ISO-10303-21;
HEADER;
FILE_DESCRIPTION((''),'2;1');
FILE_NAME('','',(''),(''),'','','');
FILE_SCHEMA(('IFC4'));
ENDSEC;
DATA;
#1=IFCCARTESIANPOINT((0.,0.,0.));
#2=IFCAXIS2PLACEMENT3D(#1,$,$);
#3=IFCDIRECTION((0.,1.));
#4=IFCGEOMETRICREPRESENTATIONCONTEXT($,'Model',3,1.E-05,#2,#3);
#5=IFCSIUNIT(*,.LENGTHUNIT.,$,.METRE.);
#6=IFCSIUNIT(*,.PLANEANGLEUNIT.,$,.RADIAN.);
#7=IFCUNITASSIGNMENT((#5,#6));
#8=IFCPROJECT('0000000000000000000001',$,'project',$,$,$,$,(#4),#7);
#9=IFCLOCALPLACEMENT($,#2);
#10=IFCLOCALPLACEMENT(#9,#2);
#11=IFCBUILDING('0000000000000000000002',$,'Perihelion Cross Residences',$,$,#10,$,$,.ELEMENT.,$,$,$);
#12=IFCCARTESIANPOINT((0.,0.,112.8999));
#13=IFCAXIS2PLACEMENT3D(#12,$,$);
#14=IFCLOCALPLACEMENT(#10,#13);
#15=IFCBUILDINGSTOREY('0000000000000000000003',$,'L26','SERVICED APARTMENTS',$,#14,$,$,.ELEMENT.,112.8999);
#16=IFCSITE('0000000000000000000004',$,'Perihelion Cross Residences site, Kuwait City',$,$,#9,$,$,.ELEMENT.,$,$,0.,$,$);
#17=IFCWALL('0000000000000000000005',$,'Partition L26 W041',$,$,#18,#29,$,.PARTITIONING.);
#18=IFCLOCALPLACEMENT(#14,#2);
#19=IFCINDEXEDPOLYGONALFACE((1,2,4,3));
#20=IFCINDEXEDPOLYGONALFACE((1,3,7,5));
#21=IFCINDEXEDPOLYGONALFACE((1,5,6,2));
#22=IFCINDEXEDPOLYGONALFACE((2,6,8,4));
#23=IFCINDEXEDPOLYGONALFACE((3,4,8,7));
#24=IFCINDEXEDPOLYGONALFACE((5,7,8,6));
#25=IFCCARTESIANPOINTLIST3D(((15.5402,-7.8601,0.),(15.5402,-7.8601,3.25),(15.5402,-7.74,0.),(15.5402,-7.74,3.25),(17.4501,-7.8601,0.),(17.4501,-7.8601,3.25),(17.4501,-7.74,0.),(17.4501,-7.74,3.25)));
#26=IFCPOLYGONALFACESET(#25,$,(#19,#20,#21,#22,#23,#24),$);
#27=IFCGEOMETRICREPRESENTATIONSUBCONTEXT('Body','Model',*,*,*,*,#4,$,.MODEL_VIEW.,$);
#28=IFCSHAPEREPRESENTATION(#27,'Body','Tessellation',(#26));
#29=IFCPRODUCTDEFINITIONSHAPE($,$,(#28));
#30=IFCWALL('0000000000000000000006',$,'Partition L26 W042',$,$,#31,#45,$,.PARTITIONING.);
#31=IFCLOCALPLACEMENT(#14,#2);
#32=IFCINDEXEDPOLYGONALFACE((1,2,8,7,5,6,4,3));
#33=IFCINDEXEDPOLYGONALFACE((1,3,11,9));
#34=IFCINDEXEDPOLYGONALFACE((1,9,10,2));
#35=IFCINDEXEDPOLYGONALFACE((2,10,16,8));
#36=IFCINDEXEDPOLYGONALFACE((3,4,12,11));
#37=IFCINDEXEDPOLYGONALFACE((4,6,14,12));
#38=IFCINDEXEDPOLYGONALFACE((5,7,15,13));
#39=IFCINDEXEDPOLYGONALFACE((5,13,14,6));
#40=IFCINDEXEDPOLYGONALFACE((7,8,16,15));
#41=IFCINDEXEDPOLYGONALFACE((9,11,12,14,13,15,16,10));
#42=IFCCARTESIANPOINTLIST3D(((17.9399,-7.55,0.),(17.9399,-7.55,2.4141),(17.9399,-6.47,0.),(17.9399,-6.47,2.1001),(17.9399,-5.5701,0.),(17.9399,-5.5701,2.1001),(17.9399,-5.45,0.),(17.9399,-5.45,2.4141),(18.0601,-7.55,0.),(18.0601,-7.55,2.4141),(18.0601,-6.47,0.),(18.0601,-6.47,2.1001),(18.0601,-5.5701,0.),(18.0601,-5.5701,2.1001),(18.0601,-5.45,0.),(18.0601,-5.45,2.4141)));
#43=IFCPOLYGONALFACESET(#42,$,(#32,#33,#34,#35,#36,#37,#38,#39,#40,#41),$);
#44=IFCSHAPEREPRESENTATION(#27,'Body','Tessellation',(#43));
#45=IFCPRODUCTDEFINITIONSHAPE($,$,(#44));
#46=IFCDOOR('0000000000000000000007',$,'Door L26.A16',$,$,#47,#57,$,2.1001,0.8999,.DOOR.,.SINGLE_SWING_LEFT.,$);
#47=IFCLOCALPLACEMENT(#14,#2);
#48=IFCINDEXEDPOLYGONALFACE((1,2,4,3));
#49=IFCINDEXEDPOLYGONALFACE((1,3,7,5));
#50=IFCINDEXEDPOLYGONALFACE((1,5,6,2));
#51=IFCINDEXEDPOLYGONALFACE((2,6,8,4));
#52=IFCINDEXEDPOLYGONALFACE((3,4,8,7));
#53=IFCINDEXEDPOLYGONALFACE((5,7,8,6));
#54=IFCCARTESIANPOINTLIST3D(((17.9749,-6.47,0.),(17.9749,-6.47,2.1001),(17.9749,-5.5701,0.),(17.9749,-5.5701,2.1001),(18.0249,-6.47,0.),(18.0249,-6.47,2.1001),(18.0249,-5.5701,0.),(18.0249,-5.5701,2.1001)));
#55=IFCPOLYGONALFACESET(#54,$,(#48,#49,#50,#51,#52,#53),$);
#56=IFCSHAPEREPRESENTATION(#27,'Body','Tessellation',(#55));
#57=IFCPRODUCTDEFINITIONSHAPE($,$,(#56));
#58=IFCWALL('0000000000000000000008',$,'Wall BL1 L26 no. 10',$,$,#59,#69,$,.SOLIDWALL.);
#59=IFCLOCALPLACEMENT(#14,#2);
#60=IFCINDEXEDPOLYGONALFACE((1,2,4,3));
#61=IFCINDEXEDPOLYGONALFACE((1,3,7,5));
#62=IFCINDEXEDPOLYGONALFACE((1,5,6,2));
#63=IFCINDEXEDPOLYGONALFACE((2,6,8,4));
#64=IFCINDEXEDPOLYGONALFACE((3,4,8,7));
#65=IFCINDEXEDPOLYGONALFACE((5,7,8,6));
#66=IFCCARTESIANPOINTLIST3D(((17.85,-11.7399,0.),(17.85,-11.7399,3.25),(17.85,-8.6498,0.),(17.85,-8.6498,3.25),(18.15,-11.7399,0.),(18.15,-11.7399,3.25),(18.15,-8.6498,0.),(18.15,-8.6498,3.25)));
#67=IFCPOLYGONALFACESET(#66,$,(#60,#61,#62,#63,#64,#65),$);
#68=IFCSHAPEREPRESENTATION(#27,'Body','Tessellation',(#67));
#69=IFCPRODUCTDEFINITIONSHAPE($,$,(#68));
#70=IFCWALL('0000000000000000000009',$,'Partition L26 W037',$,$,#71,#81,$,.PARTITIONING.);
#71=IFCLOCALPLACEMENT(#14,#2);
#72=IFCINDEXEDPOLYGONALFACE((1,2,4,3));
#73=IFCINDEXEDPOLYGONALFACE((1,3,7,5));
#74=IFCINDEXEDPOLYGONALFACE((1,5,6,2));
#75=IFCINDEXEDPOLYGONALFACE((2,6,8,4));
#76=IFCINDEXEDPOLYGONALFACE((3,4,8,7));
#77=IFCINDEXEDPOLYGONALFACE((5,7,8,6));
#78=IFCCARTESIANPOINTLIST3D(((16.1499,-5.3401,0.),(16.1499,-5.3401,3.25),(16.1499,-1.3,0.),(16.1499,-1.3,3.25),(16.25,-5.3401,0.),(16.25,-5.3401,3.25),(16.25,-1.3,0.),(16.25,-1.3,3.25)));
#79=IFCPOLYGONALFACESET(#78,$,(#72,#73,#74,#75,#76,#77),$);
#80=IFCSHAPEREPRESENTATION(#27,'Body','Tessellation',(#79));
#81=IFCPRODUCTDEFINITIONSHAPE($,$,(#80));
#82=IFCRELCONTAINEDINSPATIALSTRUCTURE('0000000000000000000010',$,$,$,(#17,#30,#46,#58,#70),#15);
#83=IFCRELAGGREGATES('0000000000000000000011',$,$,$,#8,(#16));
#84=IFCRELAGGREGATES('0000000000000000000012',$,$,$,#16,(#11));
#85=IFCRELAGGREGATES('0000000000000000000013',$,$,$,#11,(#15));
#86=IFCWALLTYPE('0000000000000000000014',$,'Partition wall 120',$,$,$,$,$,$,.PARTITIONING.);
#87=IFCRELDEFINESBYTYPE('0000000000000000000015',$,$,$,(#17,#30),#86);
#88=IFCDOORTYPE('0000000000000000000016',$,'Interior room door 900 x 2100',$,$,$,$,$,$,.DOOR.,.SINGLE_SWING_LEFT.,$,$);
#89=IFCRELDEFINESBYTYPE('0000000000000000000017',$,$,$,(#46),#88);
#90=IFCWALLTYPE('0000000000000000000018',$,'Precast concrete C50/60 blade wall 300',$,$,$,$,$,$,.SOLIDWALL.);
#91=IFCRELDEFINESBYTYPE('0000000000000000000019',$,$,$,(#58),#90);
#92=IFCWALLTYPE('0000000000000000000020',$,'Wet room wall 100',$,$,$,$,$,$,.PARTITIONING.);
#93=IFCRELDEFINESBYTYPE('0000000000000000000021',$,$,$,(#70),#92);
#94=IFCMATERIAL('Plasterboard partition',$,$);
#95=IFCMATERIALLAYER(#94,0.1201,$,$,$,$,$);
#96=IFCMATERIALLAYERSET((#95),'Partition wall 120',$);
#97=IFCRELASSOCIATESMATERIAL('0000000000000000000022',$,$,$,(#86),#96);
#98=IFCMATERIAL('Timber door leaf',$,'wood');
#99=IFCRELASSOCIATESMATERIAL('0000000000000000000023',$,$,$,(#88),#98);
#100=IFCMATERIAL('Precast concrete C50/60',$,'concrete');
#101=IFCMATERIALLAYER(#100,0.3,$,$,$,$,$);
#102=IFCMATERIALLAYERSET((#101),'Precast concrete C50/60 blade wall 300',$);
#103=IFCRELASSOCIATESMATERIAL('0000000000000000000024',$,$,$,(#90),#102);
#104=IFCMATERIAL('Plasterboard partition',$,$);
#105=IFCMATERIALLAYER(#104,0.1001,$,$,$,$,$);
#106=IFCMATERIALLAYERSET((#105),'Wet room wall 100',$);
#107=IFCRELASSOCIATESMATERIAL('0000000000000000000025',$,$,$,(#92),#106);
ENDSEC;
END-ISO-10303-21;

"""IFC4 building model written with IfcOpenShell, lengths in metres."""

from ifc_helpers import new_model, si_unit, direction, frame, frame_2d, origin, place, context, subcontext, project, spatial, rectangle, extrude, material, layer, layer_set, type_object, element, fill, save


model = new_model("IFC4")

# Units and contexts
model_context = context("Model", 3, precision=1e-05, world=origin(), true_north=direction((0.0, 1.0)))
body_context = subcontext(model_context, "Body", "Model", "MODEL_VIEW")
ifc_project = project(units=[si_unit("LENGTHUNIT", "METRE"), si_unit("PLANEANGLEUNIT", "RADIAN")], contexts=[model_context])

# Site, building, storey
site_placement = place(None, origin())
site = spatial("IfcSite", under=ifc_project, at=site_placement, Name="Perihelion Cross Residences site, Kuwait City", CompositionType="ELEMENT", RefElevation=0.0)
building_placement = place(site_placement, origin())
building = spatial("IfcBuilding", under=site, at=building_placement, Name="Perihelion Cross Residences", CompositionType="ELEMENT")
storey_placement = place(building_placement, frame((0.0, 0.0, 112.8999)))
storey = spatial("IfcBuildingStorey", under=building, at=storey_placement, Name="L26", Description="SERVICED APARTMENTS", CompositionType="ELEMENT", Elevation=112.8999)

# Shared definitions
ifc_material_1 = material(Name="Plasterboard partition")
ifc_layer_1 = layer(ifc_material_1, 0.1201)
ifc_layer_set_1 = layer_set([ifc_layer_1], Name="Partition wall 120")
wall_type_1 = type_object("IfcWallType", Name="Partition wall 120", PredefinedType="PARTITIONING", material=ifc_layer_set_1)
ifc_material_2 = material(Name="Timber door leaf", Category="wood")
door_type_1 = type_object("IfcDoorType", Name="Interior room door 900 x 2100", OperationType="SINGLE_SWING_LEFT", PredefinedType="DOOR", material=ifc_material_2)

# Wall
wall_1_placement = place(storey_placement, frame((15.54, -7.8, 0.0), z_axis=(0.0, 0.0, 1.0), x_axis=(1.0, 0.0, 0.0)))
element("IfcWall", 1, at=wall_1_placement, inside=storey, type_object=wall_type_1, Name="Partition L26 W041", PredefinedType="PARTITIONING", context=body_context, shape_type="SweptSolid", body=[
    extrude(rectangle(XDim=1.9099, YDim=0.1201, at=frame_2d((0.9551, 0.0))), origin(), (0.0, 0.0, 1.0), 3.25),
])

# Wall, opening, door
wall_2_placement = place(storey_placement, frame((18.0, -5.45, 0.0), z_axis=(0.0, 0.0, 1.0), x_axis=(0.0, -1.0, 0.0)))
wall_2 = element("IfcWall", 2, at=wall_2_placement, inside=storey, type_object=wall_type_1, Name="Partition L26 W042", PredefinedType="PARTITIONING", context=body_context, shape_type="SweptSolid", body=[
    extrude(rectangle(XDim=2.1001, YDim=0.1201, at=frame_2d((1.05, 0.0))), origin(), (0.0, 0.0, 1.0), 2.4141),
])
opening_1_placement = place(wall_2_placement, frame((0.1201, 0.0, 0.0)))
opening_1 = element("IfcOpeningElement", 3, at=opening_1_placement, cuts=wall_2, PredefinedType="OPENING", context=body_context, shape_type="SweptSolid", body=[
    extrude(rectangle(XDim=0.8999, YDim=2.1001, at=frame_2d((0.45, 1.05))), frame((0.0, 0.0701, 0.0), z_axis=(0.0, -1.0, 0.0), x_axis=(1.0, 0.0, 0.0)), (0.0, 0.0, 1.0), 0.1401),
])
door_1_placement = place(opening_1_placement, origin())
door_1 = element("IfcDoor", 4, at=door_1_placement, inside=storey, type_object=door_type_1, Name="Door L26.A16", OperationType="SINGLE_SWING_LEFT", OverallHeight=2.1001, OverallWidth=0.8999, PredefinedType="DOOR", context=body_context, shape_type="SweptSolid", body=[
    extrude(rectangle(XDim=0.8999, YDim=2.1001, at=frame_2d((0.45, 1.05))), frame((0.0, 0.0249, 0.0), z_axis=(0.0, -1.0, 0.0), x_axis=(1.0, 0.0, 0.0)), (0.0, 0.0, 1.0), 0.05),
])
fill(opening_1, door_1)

# Walls
ifc_material_3 = material(Name="Precast concrete C50/60", Category="concrete")
ifc_layer_2 = layer(ifc_material_3, 0.3)
ifc_layer_set_2 = layer_set([ifc_layer_2], Name="Precast concrete C50/60 blade wall 300")
wall_type_2 = type_object("IfcWallType", Name="Precast concrete C50/60 blade wall 300", PredefinedType="SOLIDWALL", material=ifc_layer_set_2)
wall_3_placement = place(storey_placement, frame((18.0, -8.6499, 0.0), z_axis=(0.0, 0.0, 1.0), x_axis=(0.0, -1.0, 0.0)))
element("IfcWall", 5, at=wall_3_placement, inside=storey, type_object=wall_type_2, Name="Wall BL1 L26 no. 10", PredefinedType="SOLIDWALL", context=body_context, shape_type="SweptSolid", body=[
    extrude(rectangle(XDim=3.0901, YDim=0.3, at=frame_2d((1.5449, 0.0))), origin(), (0.0, 0.0, 1.0), 3.25),
])
ifc_material_4 = material(Name="Plasterboard partition")
ifc_layer_3 = layer(ifc_material_4, 0.1001)
ifc_layer_set_3 = layer_set([ifc_layer_3], Name="Wet room wall 100")
wall_type_3 = type_object("IfcWallType", Name="Wet room wall 100", PredefinedType="PARTITIONING", material=ifc_layer_set_3)
wall_4_placement = place(storey_placement, frame((16.2, -1.3, 0.0), z_axis=(0.0, 0.0, 1.0), x_axis=(0.0, -1.0, 0.0)))
element("IfcWall", 6, at=wall_4_placement, inside=storey, type_object=wall_type_3, Name="Partition L26 W037", PredefinedType="PARTITIONING", context=body_context, shape_type="SweptSolid", body=[
    extrude(rectangle(XDim=4.04, YDim=0.1001, at=frame_2d((2.02, 0.0))), origin(), (0.0, 0.0, 1.0), 3.25),
])

save(model, "model.ifc")
